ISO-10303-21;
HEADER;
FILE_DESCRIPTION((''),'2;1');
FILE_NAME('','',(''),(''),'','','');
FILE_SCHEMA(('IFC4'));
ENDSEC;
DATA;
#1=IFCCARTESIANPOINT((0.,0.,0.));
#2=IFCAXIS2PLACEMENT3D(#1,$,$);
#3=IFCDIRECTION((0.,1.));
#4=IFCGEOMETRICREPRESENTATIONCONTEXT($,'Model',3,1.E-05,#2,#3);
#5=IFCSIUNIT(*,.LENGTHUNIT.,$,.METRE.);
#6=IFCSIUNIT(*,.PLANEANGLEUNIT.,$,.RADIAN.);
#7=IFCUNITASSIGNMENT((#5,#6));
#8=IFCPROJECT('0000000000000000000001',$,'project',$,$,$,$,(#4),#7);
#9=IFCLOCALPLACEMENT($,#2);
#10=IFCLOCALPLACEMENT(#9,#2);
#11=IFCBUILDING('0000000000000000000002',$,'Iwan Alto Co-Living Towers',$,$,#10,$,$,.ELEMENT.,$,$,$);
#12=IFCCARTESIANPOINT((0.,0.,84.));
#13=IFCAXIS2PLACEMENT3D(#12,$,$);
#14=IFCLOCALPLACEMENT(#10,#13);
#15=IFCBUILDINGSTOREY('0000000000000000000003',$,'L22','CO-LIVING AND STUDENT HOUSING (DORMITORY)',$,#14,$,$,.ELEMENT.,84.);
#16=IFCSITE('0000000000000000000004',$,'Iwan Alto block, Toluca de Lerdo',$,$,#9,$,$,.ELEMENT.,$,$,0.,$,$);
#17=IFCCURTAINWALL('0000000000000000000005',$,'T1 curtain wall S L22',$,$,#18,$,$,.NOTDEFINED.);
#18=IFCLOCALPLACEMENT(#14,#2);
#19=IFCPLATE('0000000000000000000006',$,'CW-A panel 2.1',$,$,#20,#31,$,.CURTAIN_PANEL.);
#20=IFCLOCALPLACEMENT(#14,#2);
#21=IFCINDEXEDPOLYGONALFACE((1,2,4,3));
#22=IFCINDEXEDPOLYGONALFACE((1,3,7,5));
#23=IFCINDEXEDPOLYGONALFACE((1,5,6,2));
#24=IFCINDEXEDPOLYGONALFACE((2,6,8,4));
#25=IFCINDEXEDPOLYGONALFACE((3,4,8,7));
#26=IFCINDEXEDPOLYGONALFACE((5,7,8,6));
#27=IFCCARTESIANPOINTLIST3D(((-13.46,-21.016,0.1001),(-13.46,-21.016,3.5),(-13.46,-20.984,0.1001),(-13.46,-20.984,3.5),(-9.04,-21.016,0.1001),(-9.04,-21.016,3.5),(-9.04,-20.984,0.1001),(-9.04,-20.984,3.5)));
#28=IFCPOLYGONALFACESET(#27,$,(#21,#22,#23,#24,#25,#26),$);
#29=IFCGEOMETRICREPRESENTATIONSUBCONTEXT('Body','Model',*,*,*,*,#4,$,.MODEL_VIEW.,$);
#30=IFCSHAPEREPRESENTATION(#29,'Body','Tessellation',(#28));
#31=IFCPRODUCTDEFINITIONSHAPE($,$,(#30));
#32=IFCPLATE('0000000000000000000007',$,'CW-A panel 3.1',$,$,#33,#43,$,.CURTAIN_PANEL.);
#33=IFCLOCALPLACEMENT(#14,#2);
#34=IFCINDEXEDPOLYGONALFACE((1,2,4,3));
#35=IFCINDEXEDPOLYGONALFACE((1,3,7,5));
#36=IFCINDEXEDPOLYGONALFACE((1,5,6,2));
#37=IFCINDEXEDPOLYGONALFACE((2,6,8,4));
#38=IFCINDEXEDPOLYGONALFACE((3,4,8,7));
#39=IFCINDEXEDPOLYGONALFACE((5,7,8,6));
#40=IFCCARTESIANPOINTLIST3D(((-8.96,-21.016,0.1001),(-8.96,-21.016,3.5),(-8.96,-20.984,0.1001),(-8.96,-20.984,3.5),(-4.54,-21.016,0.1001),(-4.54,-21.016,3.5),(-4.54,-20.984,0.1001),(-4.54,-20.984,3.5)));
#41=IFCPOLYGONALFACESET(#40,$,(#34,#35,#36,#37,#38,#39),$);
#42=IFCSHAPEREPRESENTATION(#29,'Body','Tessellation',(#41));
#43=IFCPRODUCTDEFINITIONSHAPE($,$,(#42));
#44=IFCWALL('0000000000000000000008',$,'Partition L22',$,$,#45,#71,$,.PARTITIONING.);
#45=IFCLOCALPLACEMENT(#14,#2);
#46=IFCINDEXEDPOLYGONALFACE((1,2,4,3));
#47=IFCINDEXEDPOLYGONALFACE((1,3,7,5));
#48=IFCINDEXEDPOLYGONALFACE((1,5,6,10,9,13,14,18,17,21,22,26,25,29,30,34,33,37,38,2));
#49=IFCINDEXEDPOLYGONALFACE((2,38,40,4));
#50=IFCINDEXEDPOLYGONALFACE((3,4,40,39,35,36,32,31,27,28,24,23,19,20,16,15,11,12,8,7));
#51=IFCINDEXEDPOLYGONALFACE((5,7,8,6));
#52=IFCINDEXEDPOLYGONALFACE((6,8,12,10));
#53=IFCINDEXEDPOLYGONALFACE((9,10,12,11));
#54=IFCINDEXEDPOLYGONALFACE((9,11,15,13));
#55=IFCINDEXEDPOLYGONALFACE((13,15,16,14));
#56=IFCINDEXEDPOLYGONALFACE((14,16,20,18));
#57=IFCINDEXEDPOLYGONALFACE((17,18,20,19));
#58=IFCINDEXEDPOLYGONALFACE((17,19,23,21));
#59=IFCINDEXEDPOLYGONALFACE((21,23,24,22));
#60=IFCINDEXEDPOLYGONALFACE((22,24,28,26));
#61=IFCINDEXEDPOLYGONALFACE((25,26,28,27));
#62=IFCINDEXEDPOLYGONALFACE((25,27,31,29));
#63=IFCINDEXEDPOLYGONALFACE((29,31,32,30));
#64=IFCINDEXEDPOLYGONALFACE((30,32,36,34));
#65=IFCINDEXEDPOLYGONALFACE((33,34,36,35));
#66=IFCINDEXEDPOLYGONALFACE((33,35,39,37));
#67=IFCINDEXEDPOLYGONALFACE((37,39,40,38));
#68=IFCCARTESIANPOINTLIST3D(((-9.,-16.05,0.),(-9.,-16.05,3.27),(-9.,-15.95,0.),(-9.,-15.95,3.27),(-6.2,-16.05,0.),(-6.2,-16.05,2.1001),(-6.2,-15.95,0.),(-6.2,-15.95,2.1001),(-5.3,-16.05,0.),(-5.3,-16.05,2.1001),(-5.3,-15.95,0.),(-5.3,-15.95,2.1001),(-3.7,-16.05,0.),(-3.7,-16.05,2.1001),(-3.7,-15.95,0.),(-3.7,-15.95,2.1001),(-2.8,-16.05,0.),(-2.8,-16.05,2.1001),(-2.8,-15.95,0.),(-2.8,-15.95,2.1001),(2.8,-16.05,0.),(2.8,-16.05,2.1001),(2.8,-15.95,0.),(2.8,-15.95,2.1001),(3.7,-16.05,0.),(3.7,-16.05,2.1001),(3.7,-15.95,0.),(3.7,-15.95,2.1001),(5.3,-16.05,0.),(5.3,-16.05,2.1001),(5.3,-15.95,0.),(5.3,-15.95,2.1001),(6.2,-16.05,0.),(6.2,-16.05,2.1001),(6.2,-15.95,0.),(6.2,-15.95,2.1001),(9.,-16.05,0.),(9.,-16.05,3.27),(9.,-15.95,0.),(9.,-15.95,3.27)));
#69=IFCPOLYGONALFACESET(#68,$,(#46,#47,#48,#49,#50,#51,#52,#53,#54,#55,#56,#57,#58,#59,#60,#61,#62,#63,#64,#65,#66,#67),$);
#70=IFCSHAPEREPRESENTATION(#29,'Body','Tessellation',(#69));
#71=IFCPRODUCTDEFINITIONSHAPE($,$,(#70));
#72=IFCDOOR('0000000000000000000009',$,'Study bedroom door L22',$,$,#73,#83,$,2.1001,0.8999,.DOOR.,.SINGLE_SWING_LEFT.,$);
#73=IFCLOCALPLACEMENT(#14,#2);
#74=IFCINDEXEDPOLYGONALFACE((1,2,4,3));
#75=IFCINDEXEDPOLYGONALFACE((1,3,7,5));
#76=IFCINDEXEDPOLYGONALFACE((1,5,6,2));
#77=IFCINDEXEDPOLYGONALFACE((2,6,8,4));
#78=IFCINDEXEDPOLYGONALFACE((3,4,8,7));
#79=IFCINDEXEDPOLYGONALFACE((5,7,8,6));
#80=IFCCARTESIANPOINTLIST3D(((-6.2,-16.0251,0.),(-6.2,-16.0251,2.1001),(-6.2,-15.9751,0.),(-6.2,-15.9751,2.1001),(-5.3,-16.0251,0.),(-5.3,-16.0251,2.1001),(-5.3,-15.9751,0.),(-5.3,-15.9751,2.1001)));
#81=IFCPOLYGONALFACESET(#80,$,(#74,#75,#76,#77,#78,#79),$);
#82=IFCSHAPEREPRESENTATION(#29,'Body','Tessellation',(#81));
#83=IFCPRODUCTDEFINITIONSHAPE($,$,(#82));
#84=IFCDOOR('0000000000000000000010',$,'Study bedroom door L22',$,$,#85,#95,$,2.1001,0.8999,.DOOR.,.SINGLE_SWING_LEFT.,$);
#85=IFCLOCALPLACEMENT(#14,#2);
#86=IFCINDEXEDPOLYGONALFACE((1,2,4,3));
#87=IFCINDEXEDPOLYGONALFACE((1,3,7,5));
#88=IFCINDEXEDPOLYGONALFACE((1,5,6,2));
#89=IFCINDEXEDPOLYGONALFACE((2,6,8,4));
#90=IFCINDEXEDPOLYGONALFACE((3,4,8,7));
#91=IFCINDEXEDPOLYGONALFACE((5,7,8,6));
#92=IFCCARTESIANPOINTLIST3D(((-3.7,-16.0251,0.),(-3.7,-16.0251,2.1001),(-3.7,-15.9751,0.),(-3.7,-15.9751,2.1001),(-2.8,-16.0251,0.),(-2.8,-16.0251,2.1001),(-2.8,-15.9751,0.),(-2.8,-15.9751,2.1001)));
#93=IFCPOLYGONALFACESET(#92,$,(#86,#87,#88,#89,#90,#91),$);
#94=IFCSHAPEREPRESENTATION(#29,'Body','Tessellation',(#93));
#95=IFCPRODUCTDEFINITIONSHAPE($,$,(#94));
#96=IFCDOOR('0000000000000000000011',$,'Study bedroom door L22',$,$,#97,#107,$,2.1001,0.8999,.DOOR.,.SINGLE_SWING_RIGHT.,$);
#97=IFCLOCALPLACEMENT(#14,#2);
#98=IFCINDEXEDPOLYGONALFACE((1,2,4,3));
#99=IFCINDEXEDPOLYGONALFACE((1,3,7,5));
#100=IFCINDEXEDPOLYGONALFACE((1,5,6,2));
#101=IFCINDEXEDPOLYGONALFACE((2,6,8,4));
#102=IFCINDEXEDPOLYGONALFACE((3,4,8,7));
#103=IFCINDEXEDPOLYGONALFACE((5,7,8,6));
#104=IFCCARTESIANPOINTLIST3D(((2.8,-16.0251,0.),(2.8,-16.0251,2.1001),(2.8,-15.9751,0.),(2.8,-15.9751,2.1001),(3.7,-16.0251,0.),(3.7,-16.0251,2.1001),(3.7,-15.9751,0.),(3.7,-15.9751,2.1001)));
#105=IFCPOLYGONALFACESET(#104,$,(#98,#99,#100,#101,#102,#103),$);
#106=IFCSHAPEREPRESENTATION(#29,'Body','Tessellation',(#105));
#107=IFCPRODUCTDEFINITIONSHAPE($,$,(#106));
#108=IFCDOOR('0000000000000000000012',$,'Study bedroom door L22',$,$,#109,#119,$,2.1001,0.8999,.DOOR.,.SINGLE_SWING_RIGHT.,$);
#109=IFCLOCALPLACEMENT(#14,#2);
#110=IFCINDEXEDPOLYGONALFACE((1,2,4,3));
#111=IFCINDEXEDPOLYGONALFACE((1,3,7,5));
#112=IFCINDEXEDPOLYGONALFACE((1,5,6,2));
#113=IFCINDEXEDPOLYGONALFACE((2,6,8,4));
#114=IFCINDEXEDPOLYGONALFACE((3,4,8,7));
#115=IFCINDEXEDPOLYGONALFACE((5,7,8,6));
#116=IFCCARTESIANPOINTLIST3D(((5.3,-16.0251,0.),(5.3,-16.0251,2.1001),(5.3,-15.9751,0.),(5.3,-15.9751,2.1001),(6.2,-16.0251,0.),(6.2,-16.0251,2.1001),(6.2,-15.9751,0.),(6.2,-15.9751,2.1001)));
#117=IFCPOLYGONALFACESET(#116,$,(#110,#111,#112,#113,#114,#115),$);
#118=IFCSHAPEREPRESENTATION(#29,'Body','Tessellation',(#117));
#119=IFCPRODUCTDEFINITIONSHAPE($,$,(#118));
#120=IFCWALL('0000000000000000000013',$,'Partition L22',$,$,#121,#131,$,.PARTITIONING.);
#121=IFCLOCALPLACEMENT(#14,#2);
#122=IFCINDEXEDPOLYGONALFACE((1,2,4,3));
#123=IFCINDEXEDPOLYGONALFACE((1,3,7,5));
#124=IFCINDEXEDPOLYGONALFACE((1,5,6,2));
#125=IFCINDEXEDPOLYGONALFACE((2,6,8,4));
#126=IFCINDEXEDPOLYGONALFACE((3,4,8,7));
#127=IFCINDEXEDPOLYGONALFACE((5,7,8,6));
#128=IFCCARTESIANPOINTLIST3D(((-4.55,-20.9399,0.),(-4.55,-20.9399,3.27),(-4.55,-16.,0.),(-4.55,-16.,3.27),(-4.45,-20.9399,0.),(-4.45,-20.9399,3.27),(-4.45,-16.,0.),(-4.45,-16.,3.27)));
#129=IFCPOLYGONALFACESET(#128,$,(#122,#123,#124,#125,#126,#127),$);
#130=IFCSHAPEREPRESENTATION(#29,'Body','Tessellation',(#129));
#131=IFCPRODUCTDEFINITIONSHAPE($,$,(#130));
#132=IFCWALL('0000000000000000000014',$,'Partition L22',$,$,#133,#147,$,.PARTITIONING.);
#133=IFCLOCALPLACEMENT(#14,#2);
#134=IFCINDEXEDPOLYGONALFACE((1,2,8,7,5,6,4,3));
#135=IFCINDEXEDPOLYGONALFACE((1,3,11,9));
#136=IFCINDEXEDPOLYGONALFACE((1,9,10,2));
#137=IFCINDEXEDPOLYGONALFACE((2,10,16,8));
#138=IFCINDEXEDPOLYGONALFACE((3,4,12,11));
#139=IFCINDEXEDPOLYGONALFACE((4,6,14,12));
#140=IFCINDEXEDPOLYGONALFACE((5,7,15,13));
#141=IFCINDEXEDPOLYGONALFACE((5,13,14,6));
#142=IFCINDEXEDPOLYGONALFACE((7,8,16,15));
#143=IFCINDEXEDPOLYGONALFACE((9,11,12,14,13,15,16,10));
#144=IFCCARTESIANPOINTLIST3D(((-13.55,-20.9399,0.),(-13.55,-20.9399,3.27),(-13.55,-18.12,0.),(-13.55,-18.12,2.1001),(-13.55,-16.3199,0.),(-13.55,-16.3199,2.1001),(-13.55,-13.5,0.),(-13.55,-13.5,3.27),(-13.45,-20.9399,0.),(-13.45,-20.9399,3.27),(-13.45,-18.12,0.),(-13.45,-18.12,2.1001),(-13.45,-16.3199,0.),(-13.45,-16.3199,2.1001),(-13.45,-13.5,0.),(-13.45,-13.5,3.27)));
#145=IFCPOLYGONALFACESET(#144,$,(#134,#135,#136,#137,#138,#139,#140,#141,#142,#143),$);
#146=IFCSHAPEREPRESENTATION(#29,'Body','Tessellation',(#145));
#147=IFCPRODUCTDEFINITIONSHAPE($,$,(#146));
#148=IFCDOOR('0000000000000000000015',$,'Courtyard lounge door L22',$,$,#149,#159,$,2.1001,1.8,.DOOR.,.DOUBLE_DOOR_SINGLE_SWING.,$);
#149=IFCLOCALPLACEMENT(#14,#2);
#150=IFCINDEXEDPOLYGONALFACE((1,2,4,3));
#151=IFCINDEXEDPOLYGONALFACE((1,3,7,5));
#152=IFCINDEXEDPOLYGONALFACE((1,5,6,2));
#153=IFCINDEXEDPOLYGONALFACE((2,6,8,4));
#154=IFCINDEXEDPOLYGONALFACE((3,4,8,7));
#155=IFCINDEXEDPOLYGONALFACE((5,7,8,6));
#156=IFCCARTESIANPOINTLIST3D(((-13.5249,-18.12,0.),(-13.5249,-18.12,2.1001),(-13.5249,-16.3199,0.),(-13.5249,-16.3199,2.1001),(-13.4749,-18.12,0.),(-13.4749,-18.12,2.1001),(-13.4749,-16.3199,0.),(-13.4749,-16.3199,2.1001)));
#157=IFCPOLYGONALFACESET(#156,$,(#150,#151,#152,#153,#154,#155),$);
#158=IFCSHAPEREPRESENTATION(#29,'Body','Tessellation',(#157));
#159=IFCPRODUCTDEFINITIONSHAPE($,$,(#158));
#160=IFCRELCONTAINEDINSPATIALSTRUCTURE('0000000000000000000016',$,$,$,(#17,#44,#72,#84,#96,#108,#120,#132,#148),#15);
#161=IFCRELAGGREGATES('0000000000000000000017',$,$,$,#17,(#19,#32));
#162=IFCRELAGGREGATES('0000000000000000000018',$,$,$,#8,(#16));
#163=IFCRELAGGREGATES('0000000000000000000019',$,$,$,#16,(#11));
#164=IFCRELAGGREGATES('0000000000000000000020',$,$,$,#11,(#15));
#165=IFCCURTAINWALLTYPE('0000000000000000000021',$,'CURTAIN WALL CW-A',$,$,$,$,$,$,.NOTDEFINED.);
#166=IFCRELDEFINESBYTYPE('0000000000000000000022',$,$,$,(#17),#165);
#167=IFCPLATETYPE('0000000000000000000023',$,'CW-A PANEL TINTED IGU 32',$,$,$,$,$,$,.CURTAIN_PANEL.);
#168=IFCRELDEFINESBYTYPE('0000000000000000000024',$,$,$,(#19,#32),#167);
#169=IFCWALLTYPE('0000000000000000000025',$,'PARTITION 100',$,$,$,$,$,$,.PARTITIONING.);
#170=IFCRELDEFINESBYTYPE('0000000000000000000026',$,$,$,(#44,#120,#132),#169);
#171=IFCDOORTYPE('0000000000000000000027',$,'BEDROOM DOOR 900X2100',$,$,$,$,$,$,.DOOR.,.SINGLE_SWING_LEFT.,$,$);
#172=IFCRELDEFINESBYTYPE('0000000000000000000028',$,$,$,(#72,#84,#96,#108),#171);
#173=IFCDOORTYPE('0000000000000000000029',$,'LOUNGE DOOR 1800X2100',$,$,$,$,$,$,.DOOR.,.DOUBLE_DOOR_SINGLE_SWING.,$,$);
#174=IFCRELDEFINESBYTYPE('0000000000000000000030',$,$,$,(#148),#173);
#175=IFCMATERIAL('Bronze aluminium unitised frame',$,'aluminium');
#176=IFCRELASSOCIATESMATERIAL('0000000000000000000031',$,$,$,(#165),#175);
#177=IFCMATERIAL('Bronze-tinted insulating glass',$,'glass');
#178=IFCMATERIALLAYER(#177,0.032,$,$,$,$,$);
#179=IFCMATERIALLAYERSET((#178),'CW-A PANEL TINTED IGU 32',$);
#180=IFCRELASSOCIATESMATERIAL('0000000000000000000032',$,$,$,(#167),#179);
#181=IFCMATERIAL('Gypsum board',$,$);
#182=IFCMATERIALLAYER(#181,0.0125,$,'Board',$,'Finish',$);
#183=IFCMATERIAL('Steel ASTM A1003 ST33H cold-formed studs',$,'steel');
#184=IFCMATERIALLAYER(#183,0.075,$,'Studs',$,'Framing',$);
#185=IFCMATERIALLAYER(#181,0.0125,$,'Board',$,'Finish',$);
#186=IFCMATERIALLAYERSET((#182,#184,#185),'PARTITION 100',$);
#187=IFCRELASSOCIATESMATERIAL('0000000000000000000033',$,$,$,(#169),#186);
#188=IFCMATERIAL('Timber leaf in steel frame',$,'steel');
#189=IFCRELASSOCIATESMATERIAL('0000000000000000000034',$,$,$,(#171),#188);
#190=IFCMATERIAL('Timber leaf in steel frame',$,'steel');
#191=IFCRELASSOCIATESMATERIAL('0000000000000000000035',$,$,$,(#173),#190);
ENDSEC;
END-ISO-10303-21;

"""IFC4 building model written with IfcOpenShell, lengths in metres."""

from ifc_helpers import new_model, si_unit, direction, frame, frame_2d, origin, origin_2d, place, context, subcontext, project, spatial, rectangle, extrude, material, layer, layer_set, type_object, element, fill, aggregate, save


model = new_model("IFC4")

# Units and contexts
model_context = context("Model", 3, precision=1e-05, world=origin(), true_north=direction((0.0, 1.0)))
body_context = subcontext(model_context, "Body", "Model", "MODEL_VIEW")
ifc_project = project(units=[si_unit("LENGTHUNIT", "METRE"), si_unit("PLANEANGLEUNIT", "RADIAN")], contexts=[model_context])

# Site, building, storey
site_placement = place(None, origin())
site = spatial("IfcSite", under=ifc_project, at=site_placement, Name="Iwan Alto block, Toluca de Lerdo", CompositionType="ELEMENT", RefElevation=0.0)
building_placement = place(site_placement, origin())
building = spatial("IfcBuilding", under=site, at=building_placement, Name="Iwan Alto Co-Living Towers", CompositionType="ELEMENT")
storey_placement = place(building_placement, frame((0.0, 0.0, 84.0)))
storey = spatial("IfcBuildingStorey", under=building, at=storey_placement, Name="L22", Description="CO-LIVING AND STUDENT HOUSING (DORMITORY)", CompositionType="ELEMENT", Elevation=84.0)

# Curtain wall
ifc_material_1 = material(Name="Bronze aluminium unitised frame", Category="aluminium")
curtain_wall_type = type_object("IfcCurtainWallType", Name="CURTAIN WALL CW-A", PredefinedType="NOTDEFINED", material=ifc_material_1)
curtain_wall_placement = place(storey_placement, origin())
curtain_wall = element("IfcCurtainWall", 1, at=curtain_wall_placement, inside=storey, type_object=curtain_wall_type, Name="T1 curtain wall S L22", PredefinedType="NOTDEFINED")

# Plates
ifc_material_2 = material(Name="Bronze-tinted insulating glass", Category="glass")
ifc_layer_1 = layer(ifc_material_2, 0.032)
ifc_layer_set_1 = layer_set([ifc_layer_1], Name="CW-A PANEL TINTED IGU 32")
plate_type = type_object("IfcPlateType", Name="CW-A PANEL TINTED IGU 32", PredefinedType="CURTAIN_PANEL", material=ifc_layer_set_1)
plate_1_placement = place(storey_placement, frame((-11.25, -21.0, 0.1001), z_axis=(0.0, 0.0, 1.0), x_axis=(1.0, 0.0, 0.0)))
plate_1 = element("IfcPlate", 2, at=plate_1_placement, type_object=plate_type, Name="CW-A panel 2.1", PredefinedType="CURTAIN_PANEL", context=body_context, shape_type="SweptSolid", body=[
    extrude(rectangle(XDim=4.4199, YDim=0.032, at=origin_2d()), origin(), (0.0, 0.0, 1.0), 3.3999),
])
plate_2_placement = place(storey_placement, frame((-6.75, -21.0, 0.1001), z_axis=(0.0, 0.0, 1.0), x_axis=(1.0, 0.0, 0.0)))
plate_2 = element("IfcPlate", 3, at=plate_2_placement, type_object=plate_type, Name="CW-A panel 3.1", PredefinedType="CURTAIN_PANEL", context=body_context, shape_type="SweptSolid", body=[
    extrude(rectangle(XDim=4.4199, YDim=0.032, at=origin_2d()), origin(), (0.0, 0.0, 1.0), 3.3999),
])
aggregate(curtain_wall, [plate_1, plate_2])

# Wall, openings, doors
ifc_material_3 = material(Name="Gypsum board")
ifc_layer_2 = layer(ifc_material_3, 0.0125, Name="Board", Category="Finish")
ifc_material_4 = material(Name="Steel ASTM A1003 ST33H cold-formed studs", Category="steel")
ifc_layer_3 = layer(ifc_material_4, 0.075, Name="Studs", Category="Framing")
ifc_layer_4 = layer(ifc_material_3, 0.0125, Name="Board", Category="Finish")
ifc_layer_set_2 = layer_set([ifc_layer_2, ifc_layer_3, ifc_layer_4], Name="PARTITION 100")
wall_type_1 = type_object("IfcWallType", Name="PARTITION 100", PredefinedType="PARTITIONING", material=ifc_layer_set_2)
wall_1_placement = place(storey_placement, frame((-9.0, -16.0, 0.0), z_axis=(0.0, 0.0, 1.0), x_axis=(1.0, 0.0, 0.0)))
wall_1 = element("IfcWall", 4, at=wall_1_placement, inside=storey, type_object=wall_type_1, Name="Partition L22", PredefinedType="PARTITIONING", context=body_context, shape_type="SweptSolid", body=[
    extrude(rectangle(XDim=18.0, YDim=0.1001, at=frame_2d((9.0, 0.0))), origin(), (0.0, 0.0, 1.0), 3.27),
])
opening_1_placement = place(wall_1_placement, frame((2.8, 0.0, 0.0)))
opening_1 = element("IfcOpeningElement", 5, at=opening_1_placement, cuts=wall_1, PredefinedType="OPENING", context=body_context, shape_type="SweptSolid", body=[
    extrude(rectangle(XDim=0.8999, YDim=2.1001, at=frame_2d((0.45, 1.05))), frame((0.0, 0.0601, 0.0), z_axis=(0.0, -1.0, 0.0), x_axis=(1.0, 0.0, 0.0)), (0.0, 0.0, 1.0), 0.1201),
])
opening_2_placement = place(wall_1_placement, frame((5.3, 0.0, 0.0)))
opening_2 = element("IfcOpeningElement", 6, at=opening_2_placement, cuts=wall_1, PredefinedType="OPENING", context=body_context, shape_type="SweptSolid", body=[
    extrude(rectangle(XDim=0.8999, YDim=2.1001, at=frame_2d((0.45, 1.05))), frame((0.0, 0.0601, 0.0), z_axis=(0.0, -1.0, 0.0), x_axis=(1.0, 0.0, 0.0)), (0.0, 0.0, 1.0), 0.1201),
])
opening_3_placement = place(wall_1_placement, frame((11.8, 0.0, 0.0)))
opening_3 = element("IfcOpeningElement", 7, at=opening_3_placement, cuts=wall_1, PredefinedType="OPENING", context=body_context, shape_type="SweptSolid", body=[
    extrude(rectangle(XDim=0.8999, YDim=2.1001, at=frame_2d((0.45, 1.05))), frame((0.0, 0.0601, 0.0), z_axis=(0.0, -1.0, 0.0), x_axis=(1.0, 0.0, 0.0)), (0.0, 0.0, 1.0), 0.1201),
])
opening_4_placement = place(wall_1_placement, frame((14.3, 0.0, 0.0)))
opening_4 = element("IfcOpeningElement", 8, at=opening_4_placement, cuts=wall_1, PredefinedType="OPENING", context=body_context, shape_type="SweptSolid", body=[
    extrude(rectangle(XDim=0.8999, YDim=2.1001, at=frame_2d((0.45, 1.05))), frame((0.0, 0.0601, 0.0), z_axis=(0.0, -1.0, 0.0), x_axis=(1.0, 0.0, 0.0)), (0.0, 0.0, 1.0), 0.1201),
])
ifc_material_5 = material(Name="Timber leaf in steel frame", Category="steel")
door_type_1 = type_object("IfcDoorType", Name="BEDROOM DOOR 900X2100", OperationType="SINGLE_SWING_LEFT", PredefinedType="DOOR", material=ifc_material_5)
door_1_placement = place(opening_1_placement, origin())
door_1 = element("IfcDoor", 9, at=door_1_placement, inside=storey, type_object=door_type_1, Name="Study bedroom door L22", OperationType="SINGLE_SWING_LEFT", OverallHeight=2.1001, OverallWidth=0.8999, PredefinedType="DOOR", context=body_context, shape_type="SweptSolid", body=[
    extrude(rectangle(XDim=0.8999, YDim=2.1001, at=frame_2d((0.45, 1.05))), frame((0.0, 0.0249, 0.0), z_axis=(0.0, -1.0, 0.0), x_axis=(1.0, 0.0, 0.0)), (0.0, 0.0, 1.0), 0.05),
])
fill(opening_1, door_1)
door_2_placement = place(opening_2_placement, origin())
door_2 = element("IfcDoor", 10, at=door_2_placement, inside=storey, type_object=door_type_1, Name="Study bedroom door L22", OperationType="SINGLE_SWING_LEFT", OverallHeight=2.1001, OverallWidth=0.8999, PredefinedType="DOOR", context=body_context, shape_type="SweptSolid", body=[
    extrude(rectangle(XDim=0.8999, YDim=2.1001, at=frame_2d((0.45, 1.05))), frame((0.0, 0.0249, 0.0), z_axis=(0.0, -1.0, 0.0), x_axis=(1.0, 0.0, 0.0)), (0.0, 0.0, 1.0), 0.05),
])
fill(opening_2, door_2)
door_3_placement = place(opening_3_placement, origin())
door_3 = element("IfcDoor", 11, at=door_3_placement, inside=storey, type_object=door_type_1, Name="Study bedroom door L22", OperationType="SINGLE_SWING_RIGHT", OverallHeight=2.1001, OverallWidth=0.8999, PredefinedType="DOOR", context=body_context, shape_type="SweptSolid", body=[
    extrude(rectangle(XDim=0.8999, YDim=2.1001, at=frame_2d((0.45, 1.05))), frame((0.0, 0.0249, 0.0), z_axis=(0.0, -1.0, 0.0), x_axis=(1.0, 0.0, 0.0)), (0.0, 0.0, 1.0), 0.05),
])
fill(opening_3, door_3)
door_4_placement = place(opening_4_placement, origin())
door_4 = element("IfcDoor", 12, at=door_4_placement, inside=storey, type_object=door_type_1, Name="Study bedroom door L22", OperationType="SINGLE_SWING_RIGHT", OverallHeight=2.1001, OverallWidth=0.8999, PredefinedType="DOOR", context=body_context, shape_type="SweptSolid", body=[
    extrude(rectangle(XDim=0.8999, YDim=2.1001, at=frame_2d((0.45, 1.05))), frame((0.0, 0.0249, 0.0), z_axis=(0.0, -1.0, 0.0), x_axis=(1.0, 0.0, 0.0)), (0.0, 0.0, 1.0), 0.05),
])
fill(opening_4, door_4)

# Wall
wall_2_placement = place(storey_placement, frame((-4.5, -20.9399, 0.0), z_axis=(0.0, 0.0, 1.0), x_axis=(0.0, 1.0, 0.0)))
element("IfcWall", 13, at=wall_2_placement, inside=storey, type_object=wall_type_1, Name="Partition L22", PredefinedType="PARTITIONING", context=body_context, shape_type="SweptSolid", body=[
    extrude(rectangle(XDim=4.9399, YDim=0.1001, at=frame_2d((2.47, 0.0))), origin(), (0.0, 0.0, 1.0), 3.27),
])

# Wall, opening, door
wall_3_placement = place(storey_placement, frame((-13.5, -20.9399, 0.0), z_axis=(0.0, 0.0, 1.0), x_axis=(0.0, 1.0, 0.0)))
wall_3 = element("IfcWall", 14, at=wall_3_placement, inside=storey, type_object=wall_type_1, Name="Partition L22", PredefinedType="PARTITIONING", context=body_context, shape_type="SweptSolid", body=[
    extrude(rectangle(XDim=7.4399, YDim=0.1001, at=frame_2d((3.72, 0.0))), origin(), (0.0, 0.0, 1.0), 3.27),
])
opening_5_placement = place(wall_3_placement, frame((2.8201, 0.0, 0.0)))
opening_5 = element("IfcOpeningElement", 15, at=opening_5_placement, cuts=wall_3, PredefinedType="OPENING", context=body_context, shape_type="SweptSolid", body=[
    extrude(rectangle(XDim=1.8, YDim=2.1001, at=frame_2d((0.8999, 1.05))), frame((0.0, 0.0601, 0.0), z_axis=(0.0, -1.0, 0.0), x_axis=(1.0, 0.0, 0.0)), (0.0, 0.0, 1.0), 0.1201),
])
ifc_material_6 = material(Name="Timber leaf in steel frame", Category="steel")
door_type_2 = type_object("IfcDoorType", Name="LOUNGE DOOR 1800X2100", OperationType="DOUBLE_DOOR_SINGLE_SWING", PredefinedType="DOOR", material=ifc_material_6)
door_5_placement = place(opening_5_placement, origin())
door_5 = element("IfcDoor", 16, at=door_5_placement, inside=storey, type_object=door_type_2, Name="Courtyard lounge door L22", OperationType="DOUBLE_DOOR_SINGLE_SWING", OverallHeight=2.1001, OverallWidth=1.8, PredefinedType="DOOR", context=body_context, shape_type="SweptSolid", body=[
    extrude(rectangle(XDim=1.8, YDim=2.1001, at=frame_2d((0.8999, 1.05))), frame((0.0, 0.0249, 0.0), z_axis=(0.0, -1.0, 0.0), x_axis=(1.0, 0.0, 0.0)), (0.0, 0.0, 1.0), 0.05),
])
fill(opening_5, door_5)

save(model, "model.ifc")
